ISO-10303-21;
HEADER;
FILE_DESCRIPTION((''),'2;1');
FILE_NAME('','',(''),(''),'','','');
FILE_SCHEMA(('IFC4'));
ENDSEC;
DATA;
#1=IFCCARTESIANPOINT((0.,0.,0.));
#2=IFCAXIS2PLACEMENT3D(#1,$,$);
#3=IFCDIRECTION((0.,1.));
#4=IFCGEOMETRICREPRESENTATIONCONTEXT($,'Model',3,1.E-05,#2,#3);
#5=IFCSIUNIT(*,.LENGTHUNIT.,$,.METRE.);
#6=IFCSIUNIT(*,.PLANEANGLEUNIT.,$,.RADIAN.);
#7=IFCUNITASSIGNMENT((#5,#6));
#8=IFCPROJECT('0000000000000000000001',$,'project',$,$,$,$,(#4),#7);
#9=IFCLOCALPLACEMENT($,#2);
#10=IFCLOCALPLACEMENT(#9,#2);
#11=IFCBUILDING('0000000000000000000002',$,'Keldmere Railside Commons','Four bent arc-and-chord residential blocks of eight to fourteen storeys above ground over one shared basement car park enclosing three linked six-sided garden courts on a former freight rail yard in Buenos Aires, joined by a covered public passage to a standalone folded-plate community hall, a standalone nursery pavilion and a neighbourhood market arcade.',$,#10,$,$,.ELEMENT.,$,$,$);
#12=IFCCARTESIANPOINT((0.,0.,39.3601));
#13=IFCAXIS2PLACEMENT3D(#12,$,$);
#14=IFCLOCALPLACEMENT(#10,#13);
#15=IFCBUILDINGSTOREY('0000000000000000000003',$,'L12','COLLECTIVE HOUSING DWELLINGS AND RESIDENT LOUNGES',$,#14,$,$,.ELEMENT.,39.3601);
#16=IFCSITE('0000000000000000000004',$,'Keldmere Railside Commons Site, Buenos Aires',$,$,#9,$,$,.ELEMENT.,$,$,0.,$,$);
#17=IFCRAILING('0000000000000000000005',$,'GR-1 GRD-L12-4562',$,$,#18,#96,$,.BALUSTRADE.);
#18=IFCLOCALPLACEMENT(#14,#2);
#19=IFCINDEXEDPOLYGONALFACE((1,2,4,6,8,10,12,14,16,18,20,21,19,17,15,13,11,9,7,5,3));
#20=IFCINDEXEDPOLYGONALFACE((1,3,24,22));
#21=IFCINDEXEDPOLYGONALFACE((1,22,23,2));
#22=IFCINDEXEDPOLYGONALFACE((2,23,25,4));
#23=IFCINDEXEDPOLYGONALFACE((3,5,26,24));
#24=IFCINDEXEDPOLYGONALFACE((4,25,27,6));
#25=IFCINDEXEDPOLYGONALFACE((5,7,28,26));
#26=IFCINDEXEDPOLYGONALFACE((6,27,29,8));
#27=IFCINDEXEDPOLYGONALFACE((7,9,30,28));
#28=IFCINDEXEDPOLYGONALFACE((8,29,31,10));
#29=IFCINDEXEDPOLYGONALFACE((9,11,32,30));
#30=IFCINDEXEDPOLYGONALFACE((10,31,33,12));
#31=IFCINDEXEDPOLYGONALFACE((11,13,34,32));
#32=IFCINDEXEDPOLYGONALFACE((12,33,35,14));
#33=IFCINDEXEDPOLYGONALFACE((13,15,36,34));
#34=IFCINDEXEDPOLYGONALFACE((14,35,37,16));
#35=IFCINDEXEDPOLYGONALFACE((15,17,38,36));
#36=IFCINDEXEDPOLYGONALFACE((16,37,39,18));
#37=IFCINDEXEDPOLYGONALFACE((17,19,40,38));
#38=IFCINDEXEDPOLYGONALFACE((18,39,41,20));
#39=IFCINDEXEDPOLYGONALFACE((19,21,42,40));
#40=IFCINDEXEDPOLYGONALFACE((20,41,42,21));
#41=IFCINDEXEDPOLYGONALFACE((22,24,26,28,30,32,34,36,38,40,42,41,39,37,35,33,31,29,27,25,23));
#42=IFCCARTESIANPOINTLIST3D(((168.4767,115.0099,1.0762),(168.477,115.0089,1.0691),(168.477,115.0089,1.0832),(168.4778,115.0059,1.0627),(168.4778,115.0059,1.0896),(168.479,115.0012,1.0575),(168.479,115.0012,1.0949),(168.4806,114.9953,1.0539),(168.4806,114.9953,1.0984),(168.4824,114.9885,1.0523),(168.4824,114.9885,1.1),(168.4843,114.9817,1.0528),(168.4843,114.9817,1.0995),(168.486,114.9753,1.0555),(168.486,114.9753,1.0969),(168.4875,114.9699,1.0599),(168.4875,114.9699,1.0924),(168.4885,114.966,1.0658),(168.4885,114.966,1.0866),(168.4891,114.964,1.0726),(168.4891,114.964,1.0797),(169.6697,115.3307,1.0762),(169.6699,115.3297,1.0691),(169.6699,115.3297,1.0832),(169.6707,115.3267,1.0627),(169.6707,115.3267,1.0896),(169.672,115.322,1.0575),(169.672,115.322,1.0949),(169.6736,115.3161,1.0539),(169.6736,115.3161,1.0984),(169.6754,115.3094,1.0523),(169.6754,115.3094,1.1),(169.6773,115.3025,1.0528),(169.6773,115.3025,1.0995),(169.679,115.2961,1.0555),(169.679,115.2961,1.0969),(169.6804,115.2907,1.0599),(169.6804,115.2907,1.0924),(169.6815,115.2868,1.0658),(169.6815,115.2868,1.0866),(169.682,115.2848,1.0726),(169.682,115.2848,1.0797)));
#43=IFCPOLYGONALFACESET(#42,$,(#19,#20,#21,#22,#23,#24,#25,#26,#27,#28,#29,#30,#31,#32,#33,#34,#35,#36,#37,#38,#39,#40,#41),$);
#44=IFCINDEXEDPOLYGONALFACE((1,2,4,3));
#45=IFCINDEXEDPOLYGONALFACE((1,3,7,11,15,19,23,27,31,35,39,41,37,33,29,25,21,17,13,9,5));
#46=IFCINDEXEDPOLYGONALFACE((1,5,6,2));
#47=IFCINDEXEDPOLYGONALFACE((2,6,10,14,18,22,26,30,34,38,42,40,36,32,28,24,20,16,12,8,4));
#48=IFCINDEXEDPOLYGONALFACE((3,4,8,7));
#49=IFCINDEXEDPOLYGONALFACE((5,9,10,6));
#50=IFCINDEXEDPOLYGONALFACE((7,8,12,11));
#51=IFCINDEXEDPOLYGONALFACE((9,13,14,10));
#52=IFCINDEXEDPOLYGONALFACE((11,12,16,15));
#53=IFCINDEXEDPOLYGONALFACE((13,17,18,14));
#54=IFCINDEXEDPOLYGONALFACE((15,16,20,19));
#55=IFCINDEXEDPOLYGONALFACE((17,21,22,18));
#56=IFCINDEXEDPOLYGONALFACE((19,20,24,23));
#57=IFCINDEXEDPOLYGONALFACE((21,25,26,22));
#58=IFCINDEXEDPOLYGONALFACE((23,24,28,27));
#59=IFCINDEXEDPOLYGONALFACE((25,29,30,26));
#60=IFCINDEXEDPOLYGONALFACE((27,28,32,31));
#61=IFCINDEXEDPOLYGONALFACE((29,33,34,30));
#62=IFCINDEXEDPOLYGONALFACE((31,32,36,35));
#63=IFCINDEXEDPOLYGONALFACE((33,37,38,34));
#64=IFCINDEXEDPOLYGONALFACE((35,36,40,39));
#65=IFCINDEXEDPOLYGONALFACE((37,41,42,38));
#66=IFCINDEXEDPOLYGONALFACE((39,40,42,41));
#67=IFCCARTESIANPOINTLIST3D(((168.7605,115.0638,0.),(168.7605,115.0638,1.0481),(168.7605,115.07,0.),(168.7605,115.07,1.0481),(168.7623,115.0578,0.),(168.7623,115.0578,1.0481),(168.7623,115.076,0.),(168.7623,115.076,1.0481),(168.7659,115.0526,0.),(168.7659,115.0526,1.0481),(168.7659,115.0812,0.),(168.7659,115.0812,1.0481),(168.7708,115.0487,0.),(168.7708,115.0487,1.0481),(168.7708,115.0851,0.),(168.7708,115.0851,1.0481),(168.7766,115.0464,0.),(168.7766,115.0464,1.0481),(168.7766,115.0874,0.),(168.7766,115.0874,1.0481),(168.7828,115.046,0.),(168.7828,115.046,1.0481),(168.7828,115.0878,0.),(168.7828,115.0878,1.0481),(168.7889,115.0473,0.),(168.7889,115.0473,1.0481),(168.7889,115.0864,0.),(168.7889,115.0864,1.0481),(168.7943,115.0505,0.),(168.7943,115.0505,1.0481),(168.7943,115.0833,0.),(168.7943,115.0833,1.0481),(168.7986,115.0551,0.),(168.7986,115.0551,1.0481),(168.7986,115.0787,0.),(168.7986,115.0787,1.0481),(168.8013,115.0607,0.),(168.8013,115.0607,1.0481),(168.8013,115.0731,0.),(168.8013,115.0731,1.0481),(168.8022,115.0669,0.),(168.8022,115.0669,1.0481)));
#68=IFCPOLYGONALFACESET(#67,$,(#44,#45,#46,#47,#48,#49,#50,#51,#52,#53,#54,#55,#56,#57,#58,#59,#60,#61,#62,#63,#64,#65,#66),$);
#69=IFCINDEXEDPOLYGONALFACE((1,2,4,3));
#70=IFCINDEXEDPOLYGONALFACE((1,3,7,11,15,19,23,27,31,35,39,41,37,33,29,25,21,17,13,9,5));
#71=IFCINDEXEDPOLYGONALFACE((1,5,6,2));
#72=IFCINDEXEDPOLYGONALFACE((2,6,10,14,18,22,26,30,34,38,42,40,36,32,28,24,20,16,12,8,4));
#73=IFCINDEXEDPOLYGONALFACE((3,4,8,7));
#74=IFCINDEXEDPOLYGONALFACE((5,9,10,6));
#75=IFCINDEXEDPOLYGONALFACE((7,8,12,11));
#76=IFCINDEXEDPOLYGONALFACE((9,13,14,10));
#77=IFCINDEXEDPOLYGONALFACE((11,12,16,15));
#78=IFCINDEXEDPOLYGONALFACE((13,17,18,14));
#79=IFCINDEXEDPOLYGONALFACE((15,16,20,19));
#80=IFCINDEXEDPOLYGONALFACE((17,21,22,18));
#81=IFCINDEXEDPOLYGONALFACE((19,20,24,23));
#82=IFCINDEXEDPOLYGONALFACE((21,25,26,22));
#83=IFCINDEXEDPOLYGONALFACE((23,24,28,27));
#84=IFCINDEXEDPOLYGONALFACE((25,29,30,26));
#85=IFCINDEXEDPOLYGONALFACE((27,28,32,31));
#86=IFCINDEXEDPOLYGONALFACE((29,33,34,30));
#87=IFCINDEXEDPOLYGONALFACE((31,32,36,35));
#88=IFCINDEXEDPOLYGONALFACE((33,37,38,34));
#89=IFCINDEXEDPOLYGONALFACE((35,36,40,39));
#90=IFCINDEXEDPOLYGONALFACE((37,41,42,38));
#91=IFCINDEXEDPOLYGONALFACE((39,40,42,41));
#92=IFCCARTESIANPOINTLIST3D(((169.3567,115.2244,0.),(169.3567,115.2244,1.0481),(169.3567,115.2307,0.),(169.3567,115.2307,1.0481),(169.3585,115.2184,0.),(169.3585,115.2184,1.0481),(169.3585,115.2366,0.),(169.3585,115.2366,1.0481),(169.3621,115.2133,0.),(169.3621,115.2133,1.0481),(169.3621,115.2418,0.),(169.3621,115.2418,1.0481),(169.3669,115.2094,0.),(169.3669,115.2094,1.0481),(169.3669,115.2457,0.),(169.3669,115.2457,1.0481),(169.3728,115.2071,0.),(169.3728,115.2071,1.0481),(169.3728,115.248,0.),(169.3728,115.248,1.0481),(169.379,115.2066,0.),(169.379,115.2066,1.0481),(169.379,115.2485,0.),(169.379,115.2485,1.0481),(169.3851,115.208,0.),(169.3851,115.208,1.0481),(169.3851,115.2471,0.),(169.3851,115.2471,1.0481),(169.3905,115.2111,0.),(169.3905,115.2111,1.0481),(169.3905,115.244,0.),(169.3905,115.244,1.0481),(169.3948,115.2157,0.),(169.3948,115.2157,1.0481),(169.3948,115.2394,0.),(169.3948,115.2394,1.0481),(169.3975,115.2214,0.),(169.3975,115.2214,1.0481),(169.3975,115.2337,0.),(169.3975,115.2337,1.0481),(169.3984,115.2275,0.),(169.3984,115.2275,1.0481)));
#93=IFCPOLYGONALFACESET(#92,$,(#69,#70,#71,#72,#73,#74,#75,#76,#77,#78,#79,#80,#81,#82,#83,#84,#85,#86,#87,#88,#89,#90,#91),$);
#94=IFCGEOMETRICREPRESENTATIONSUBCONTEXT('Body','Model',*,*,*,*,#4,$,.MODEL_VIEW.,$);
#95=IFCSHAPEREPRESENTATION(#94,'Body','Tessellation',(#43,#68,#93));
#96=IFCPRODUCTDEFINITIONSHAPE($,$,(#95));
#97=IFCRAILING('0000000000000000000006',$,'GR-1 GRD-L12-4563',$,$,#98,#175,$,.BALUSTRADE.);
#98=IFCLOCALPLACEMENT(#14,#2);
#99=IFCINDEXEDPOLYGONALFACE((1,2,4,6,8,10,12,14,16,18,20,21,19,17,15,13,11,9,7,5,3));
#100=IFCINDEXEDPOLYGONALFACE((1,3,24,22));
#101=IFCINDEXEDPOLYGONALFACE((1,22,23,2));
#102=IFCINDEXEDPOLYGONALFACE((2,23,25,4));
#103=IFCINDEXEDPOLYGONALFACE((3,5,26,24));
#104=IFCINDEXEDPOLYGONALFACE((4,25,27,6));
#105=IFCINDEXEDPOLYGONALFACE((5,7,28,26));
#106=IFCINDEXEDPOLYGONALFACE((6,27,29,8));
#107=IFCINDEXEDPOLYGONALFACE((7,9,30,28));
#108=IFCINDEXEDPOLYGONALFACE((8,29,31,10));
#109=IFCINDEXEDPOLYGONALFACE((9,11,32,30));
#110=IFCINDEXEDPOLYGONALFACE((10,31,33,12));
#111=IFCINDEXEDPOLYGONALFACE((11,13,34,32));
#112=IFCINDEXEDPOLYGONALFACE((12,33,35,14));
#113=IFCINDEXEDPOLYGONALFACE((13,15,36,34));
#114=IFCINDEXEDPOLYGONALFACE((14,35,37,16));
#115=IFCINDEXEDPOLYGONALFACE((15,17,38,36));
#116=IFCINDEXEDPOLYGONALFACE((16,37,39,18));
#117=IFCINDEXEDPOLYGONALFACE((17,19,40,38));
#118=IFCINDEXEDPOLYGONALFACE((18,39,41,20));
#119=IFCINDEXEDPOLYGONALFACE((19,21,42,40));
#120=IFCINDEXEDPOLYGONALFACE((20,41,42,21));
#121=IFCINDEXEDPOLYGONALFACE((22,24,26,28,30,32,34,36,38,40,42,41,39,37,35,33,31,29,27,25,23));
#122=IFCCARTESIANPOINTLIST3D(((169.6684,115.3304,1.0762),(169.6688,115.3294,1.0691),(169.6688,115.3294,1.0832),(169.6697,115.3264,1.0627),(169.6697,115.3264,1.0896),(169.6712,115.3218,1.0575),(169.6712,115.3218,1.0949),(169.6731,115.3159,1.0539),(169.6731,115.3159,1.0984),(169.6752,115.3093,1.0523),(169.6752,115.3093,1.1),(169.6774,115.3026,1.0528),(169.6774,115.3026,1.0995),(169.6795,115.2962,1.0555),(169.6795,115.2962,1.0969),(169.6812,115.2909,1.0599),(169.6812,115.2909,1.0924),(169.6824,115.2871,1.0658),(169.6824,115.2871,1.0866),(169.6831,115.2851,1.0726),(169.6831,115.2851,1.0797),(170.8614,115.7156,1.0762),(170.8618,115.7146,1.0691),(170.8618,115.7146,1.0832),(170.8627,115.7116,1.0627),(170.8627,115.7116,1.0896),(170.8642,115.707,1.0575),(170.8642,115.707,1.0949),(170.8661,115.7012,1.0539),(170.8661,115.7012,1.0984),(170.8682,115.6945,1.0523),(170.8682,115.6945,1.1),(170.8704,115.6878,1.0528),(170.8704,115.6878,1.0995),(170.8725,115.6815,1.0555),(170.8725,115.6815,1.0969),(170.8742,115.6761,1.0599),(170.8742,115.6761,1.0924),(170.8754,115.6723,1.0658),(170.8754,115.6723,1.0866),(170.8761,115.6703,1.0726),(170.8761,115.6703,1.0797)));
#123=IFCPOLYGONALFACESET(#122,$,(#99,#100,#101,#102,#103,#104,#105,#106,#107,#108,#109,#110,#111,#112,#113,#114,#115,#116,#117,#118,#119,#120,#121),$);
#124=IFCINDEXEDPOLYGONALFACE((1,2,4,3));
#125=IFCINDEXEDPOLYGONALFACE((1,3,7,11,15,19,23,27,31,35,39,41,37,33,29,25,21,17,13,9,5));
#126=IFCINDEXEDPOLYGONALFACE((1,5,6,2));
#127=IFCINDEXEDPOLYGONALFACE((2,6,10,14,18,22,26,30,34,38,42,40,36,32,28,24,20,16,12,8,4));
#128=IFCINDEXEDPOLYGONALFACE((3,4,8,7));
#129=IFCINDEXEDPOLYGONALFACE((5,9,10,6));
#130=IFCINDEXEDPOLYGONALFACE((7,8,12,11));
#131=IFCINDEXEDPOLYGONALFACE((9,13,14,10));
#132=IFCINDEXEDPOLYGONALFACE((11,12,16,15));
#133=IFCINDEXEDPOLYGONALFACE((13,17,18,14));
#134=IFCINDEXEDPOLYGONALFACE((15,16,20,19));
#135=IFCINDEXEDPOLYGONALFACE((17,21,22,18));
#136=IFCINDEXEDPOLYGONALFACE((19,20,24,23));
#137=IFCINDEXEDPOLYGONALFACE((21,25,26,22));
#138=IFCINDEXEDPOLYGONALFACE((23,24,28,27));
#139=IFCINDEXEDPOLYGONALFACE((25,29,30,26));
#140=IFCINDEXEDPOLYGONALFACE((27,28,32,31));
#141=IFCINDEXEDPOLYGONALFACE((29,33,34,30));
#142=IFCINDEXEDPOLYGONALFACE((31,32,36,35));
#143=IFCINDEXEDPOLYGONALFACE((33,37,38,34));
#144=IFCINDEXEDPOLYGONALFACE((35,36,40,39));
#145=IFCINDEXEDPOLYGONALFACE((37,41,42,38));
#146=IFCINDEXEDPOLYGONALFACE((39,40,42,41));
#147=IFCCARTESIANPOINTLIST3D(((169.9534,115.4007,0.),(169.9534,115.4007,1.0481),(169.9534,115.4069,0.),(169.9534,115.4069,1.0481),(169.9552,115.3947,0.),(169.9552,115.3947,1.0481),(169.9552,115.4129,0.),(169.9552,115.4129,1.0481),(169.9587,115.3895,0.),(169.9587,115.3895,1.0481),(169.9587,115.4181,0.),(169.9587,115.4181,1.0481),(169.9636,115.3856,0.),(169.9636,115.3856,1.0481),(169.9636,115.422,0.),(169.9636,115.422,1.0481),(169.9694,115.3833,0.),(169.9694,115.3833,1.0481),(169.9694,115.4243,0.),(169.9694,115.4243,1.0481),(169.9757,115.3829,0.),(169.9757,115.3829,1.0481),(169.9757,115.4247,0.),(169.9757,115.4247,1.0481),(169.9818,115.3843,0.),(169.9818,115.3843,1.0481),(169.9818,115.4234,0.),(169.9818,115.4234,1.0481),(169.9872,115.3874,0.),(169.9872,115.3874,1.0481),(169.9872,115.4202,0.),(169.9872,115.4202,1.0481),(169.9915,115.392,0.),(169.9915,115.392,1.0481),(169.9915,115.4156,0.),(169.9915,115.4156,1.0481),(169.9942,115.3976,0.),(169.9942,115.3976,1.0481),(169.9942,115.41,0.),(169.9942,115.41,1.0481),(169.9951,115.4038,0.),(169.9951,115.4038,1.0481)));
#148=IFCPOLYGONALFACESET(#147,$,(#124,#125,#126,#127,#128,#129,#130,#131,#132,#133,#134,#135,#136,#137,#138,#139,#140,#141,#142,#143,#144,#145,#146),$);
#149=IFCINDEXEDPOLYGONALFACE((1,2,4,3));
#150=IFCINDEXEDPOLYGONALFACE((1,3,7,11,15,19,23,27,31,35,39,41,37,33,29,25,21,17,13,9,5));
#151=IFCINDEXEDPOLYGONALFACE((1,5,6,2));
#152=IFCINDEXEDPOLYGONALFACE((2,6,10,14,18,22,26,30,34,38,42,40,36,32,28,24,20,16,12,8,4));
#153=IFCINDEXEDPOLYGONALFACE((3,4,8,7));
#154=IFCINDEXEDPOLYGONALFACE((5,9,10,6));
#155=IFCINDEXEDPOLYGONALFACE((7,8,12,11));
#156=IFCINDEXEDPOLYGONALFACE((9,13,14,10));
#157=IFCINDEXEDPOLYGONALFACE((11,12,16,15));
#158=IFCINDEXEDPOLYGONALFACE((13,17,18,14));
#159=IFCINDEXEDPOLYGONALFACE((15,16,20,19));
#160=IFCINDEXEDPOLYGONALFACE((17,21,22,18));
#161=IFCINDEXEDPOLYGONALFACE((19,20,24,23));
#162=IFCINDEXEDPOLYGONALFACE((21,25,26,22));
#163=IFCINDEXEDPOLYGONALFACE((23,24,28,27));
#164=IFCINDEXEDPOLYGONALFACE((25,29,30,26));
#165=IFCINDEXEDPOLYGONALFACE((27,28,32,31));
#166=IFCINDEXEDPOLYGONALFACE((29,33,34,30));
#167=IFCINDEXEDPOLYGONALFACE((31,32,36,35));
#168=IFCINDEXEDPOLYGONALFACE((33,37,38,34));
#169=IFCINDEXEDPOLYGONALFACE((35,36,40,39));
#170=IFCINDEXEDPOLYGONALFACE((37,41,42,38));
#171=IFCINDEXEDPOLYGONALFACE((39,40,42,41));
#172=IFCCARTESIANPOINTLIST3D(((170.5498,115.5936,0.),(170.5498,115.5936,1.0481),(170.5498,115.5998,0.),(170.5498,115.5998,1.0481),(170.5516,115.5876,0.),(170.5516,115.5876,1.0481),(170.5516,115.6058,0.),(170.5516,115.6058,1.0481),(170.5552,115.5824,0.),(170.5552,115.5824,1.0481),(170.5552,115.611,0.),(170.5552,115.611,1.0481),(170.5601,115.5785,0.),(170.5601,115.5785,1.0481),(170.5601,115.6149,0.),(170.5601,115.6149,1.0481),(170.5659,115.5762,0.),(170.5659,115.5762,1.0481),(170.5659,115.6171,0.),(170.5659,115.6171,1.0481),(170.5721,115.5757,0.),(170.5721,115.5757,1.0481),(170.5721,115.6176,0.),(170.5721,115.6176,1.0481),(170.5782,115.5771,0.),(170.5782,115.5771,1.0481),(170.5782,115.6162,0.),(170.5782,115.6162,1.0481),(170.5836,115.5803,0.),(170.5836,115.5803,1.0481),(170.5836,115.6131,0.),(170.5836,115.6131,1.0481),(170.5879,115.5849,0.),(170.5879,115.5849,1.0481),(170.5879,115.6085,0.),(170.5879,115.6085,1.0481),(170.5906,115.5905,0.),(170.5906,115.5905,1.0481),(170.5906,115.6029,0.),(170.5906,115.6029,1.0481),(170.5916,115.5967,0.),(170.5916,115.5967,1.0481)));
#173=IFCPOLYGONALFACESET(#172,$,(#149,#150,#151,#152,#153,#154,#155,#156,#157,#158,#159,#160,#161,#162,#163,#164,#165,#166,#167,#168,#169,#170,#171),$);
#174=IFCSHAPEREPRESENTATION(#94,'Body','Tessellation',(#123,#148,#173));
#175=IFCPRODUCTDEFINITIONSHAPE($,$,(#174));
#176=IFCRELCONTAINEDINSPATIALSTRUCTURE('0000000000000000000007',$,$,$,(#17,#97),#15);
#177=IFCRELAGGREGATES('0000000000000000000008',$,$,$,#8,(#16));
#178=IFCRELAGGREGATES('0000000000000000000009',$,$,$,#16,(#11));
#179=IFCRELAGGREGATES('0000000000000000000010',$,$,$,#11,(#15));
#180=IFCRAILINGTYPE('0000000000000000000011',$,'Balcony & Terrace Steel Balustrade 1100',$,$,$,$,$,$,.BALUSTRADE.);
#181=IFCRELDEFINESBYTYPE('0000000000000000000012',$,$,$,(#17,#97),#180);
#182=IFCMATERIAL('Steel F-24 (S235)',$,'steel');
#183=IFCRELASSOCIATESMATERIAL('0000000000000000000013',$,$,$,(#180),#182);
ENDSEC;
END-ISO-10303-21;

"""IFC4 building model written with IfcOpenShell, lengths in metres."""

from ifc_helpers import new_model, si_unit, direction, frame, origin, origin_2d, place, context, subcontext, project, spatial, circle, extrude, material, type_object, element, save


model = new_model("IFC4")

# Units and contexts
model_context = context("Model", 3, precision=1e-05, world=origin(), true_north=direction((0.0, 1.0)))
body_context = subcontext(model_context, "Body", "Model", "MODEL_VIEW")
ifc_project = project(units=[si_unit("LENGTHUNIT", "METRE"), si_unit("PLANEANGLEUNIT", "RADIAN")], contexts=[model_context])

# Site, building, storey
site_placement = place(None, origin())
site = spatial("IfcSite", under=ifc_project, at=site_placement, Name="Keldmere Railside Commons Site, Buenos Aires", CompositionType="ELEMENT", RefElevation=0.0)
building_placement = place(site_placement, origin())
building = spatial("IfcBuilding", under=site, at=building_placement, Name="Keldmere Railside Commons", Description="Four bent arc-and-chord residential blocks of eight to fourteen storeys above ground over one shared basement car park enclosing three linked six-sided garden courts on a former freight rail yard in Buenos Aires, joined by a covered public passage to a standalone folded-plate community hall, a standalone nursery pavilion and a neighbourhood market arcade.", CompositionType="ELEMENT")
storey_placement = place(building_placement, frame((0.0, 0.0, 39.3601)))
storey = spatial("IfcBuildingStorey", under=building, at=storey_placement, Name="L12", Description="COLLECTIVE HOUSING DWELLINGS AND RESIDENT LOUNGES", CompositionType="ELEMENT", Elevation=39.3601)

# Railings
ifc_material_1 = material(Name="Steel F-24 (S235)", Category="steel")
railing_type = type_object("IfcRailingType", Name="Balcony & Terrace Steel Balustrade 1100", PredefinedType="BALUSTRADE", material=ifc_material_1)
railing_1_placement = place(storey_placement, frame((168.4829, 114.9868, 0.0)))
element("IfcRailing", 1, at=railing_1_placement, inside=storey, type_object=railing_type, Name="GR-1 GRD-L12-4562", PredefinedType="BALUSTRADE", context=body_context, shape_type="SweptSolid", body=[
    extrude(circle(Radius=0.0239, at=origin_2d()), frame((0.0, 0.0, 1.0762), z_axis=(0.965688, 0.259704, 0.0), x_axis=(-0.259704, 0.965688, 0.0)), (0.0, 0.0, 1.0), 1.2354),
    extrude(circle(Radius=0.021, at=origin_2d()), frame((0.2983, 0.0801, 0.0)), (0.0, 0.0, 1.0), 1.0481),
    extrude(circle(Radius=0.021, at=origin_2d()), frame((0.8945, 0.2407, 0.0)), (0.0, 0.0, 1.0), 1.0481),
])
railing_2_placement = place(storey_placement, frame((169.6758, 115.3076, 0.0)))
element("IfcRailing", 2, at=railing_2_placement, inside=storey, type_object=railing_type, Name="GR-1 GRD-L12-4563", PredefinedType="BALUSTRADE", context=body_context, shape_type="SweptSolid", body=[
    extrude(circle(Radius=0.0239, at=origin_2d()), frame((0.0, 0.0, 1.0762), z_axis=(0.95162, 0.307276, 0.0), x_axis=(-0.307276, 0.95162, 0.0)), (0.0, 0.0, 1.0), 1.2537),
    extrude(circle(Radius=0.021, at=origin_2d()), frame((0.2983, 0.0962, 0.0)), (0.0, 0.0, 1.0), 1.0481),
    extrude(circle(Radius=0.021, at=origin_2d()), frame((0.8948, 0.2891, 0.0)), (0.0, 0.0, 1.0), 1.0481),
])

save(model, "model.ifc")
